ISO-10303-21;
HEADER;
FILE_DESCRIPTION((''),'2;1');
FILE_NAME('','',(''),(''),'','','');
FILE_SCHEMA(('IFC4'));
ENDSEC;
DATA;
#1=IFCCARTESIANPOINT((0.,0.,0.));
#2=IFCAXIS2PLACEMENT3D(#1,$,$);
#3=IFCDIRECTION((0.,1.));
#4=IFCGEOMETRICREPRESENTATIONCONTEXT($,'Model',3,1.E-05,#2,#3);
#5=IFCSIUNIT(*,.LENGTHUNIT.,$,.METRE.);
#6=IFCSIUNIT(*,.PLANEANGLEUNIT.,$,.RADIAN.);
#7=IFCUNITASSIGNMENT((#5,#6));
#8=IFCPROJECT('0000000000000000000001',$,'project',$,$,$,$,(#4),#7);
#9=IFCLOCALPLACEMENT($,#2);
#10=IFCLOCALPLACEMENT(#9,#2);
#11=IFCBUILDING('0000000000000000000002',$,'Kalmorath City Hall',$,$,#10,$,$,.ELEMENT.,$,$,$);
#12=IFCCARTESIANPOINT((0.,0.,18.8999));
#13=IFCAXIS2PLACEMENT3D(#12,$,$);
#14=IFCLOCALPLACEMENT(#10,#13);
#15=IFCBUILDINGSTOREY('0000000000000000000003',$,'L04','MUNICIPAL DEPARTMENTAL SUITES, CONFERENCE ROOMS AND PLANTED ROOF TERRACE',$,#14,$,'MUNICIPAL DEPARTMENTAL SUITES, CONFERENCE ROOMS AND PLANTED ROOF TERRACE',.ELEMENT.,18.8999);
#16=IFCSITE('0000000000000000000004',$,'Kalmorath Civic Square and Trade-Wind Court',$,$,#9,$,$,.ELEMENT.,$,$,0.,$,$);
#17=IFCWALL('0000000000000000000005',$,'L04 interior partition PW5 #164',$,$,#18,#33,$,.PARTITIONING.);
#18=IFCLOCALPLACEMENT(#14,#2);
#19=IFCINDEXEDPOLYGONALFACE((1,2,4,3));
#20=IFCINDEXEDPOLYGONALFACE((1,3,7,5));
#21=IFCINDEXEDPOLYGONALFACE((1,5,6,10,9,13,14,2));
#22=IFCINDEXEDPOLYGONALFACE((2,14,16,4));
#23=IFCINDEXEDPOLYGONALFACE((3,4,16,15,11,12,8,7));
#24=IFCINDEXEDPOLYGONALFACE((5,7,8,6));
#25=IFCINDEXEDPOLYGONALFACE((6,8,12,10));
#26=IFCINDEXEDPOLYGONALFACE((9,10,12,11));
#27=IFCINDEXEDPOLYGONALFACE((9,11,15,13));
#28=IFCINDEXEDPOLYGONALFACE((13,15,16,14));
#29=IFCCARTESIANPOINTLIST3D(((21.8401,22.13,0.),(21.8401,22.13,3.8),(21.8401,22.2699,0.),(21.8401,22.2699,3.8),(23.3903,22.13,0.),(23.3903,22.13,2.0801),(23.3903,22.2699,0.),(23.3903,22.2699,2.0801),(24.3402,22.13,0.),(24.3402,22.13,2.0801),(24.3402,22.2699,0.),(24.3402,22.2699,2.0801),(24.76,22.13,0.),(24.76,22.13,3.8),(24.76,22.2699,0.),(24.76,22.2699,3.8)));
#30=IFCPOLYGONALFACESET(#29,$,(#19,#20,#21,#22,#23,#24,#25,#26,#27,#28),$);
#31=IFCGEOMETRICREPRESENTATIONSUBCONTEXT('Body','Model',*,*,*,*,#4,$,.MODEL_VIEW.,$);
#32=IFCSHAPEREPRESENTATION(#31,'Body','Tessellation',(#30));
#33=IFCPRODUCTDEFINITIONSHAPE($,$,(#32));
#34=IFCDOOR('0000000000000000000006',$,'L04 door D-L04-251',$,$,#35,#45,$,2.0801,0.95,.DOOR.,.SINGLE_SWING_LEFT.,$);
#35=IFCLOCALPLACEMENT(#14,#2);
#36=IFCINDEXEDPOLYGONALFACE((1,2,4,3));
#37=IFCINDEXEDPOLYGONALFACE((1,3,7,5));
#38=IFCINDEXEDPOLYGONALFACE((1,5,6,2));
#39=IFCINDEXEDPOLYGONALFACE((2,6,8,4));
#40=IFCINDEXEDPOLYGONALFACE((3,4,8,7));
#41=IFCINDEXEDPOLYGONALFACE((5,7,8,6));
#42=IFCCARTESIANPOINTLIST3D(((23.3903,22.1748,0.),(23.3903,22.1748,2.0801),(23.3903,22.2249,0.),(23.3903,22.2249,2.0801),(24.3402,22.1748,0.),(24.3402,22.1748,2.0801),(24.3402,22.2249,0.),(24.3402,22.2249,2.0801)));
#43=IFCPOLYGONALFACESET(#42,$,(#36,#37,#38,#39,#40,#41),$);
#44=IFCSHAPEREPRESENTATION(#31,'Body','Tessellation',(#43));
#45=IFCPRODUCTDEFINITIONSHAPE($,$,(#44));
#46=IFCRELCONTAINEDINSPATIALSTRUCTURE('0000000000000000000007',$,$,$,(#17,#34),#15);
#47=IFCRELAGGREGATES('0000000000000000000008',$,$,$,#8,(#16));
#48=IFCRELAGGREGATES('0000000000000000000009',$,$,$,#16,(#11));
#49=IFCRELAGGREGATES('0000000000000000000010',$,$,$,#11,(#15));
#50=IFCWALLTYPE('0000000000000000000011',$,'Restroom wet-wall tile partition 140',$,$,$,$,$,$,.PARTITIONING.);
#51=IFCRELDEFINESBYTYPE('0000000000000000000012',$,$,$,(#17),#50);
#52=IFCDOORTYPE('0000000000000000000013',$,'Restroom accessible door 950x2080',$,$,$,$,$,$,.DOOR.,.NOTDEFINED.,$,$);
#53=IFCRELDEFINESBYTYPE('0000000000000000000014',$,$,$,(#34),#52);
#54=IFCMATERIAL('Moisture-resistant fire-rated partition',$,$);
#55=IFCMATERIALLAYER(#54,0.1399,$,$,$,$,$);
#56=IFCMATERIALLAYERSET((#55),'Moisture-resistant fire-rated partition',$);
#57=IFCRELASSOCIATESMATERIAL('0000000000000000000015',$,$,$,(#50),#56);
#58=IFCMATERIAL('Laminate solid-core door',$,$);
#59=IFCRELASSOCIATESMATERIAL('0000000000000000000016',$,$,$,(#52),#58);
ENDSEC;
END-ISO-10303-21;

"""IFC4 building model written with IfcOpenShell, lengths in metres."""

from ifc_helpers import new_model, si_unit, direction, frame, frame_2d, origin, place, context, subcontext, project, spatial, rectangle, extrude, material, layer, layer_set, type_object, element, fill, save


model = new_model("IFC4")

# Units and contexts
model_context = context("Model", 3, precision=1e-05, world=origin(), true_north=direction((0.0, 1.0)))
body_context = subcontext(model_context, "Body", "Model", "MODEL_VIEW")
ifc_project = project(units=[si_unit("LENGTHUNIT", "METRE"), si_unit("PLANEANGLEUNIT", "RADIAN")], contexts=[model_context])

# Site, building, storey
site_placement = place(None, origin())
site = spatial("IfcSite", under=ifc_project, at=site_placement, Name="Kalmorath Civic Square and Trade-Wind Court", CompositionType="ELEMENT", RefElevation=0.0)
building_placement = place(site_placement, origin())
building = spatial("IfcBuilding", under=site, at=building_placement, Name="Kalmorath City Hall", CompositionType="ELEMENT")
storey_placement = place(building_placement, frame((0.0, 0.0, 18.8999)))
storey = spatial("IfcBuildingStorey", under=building, at=storey_placement, Name="L04", Description="MUNICIPAL DEPARTMENTAL SUITES, CONFERENCE ROOMS AND PLANTED ROOF TERRACE", LongName="MUNICIPAL DEPARTMENTAL SUITES, CONFERENCE ROOMS AND PLANTED ROOF TERRACE", CompositionType="ELEMENT", Elevation=18.8999)

# Wall, opening, door
ifc_material_1 = material(Name="Moisture-resistant fire-rated partition")
ifc_layer_1 = layer(ifc_material_1, 0.1399)
ifc_layer_set_1 = layer_set([ifc_layer_1], Name="Moisture-resistant fire-rated partition")
wall_type_1 = type_object("IfcWallType", Name="Restroom wet-wall tile partition 140", PredefinedType="PARTITIONING", material=ifc_layer_set_1)
wall_1_placement = place(storey_placement, frame((21.8401, 22.2, 0.0), z_axis=(0.0, 0.0, 1.0), x_axis=(1.0, 0.0, 0.0)))
wall_1 = element("IfcWall", 1, at=wall_1_placement, inside=storey, type_object=wall_type_1, Name="L04 interior partition PW5 #164", PredefinedType="PARTITIONING", context=body_context, shape_type="SweptSolid", body=[
    extrude(rectangle(XDim=2.9199, YDim=0.1399, at=frame_2d((1.46, 0.0))), origin(), (0.0, 0.0, 1.0), 3.8),
])
opening_1_placement = place(wall_1_placement, frame((1.55, 0.0, 0.0)))
opening_1 = element("IfcOpeningElement", 2, at=opening_1_placement, cuts=wall_1, PredefinedType="OPENING", context=body_context, shape_type="SweptSolid", body=[
    extrude(rectangle(XDim=0.95, YDim=2.0801, at=frame_2d((0.4751, 1.04))), frame((0.0, 0.0798, 0.0), z_axis=(0.0, -1.0, 0.0), x_axis=(1.0, 0.0, 0.0)), (0.0, 0.0, 1.0), 0.1599),
])
ifc_material_2 = material(Name="Laminate solid-core door")
door_type_1 = type_object("IfcDoorType", Name="Restroom accessible door 950x2080", OperationType="NOTDEFINED", PredefinedType="DOOR", material=ifc_material_2)
door_1_placement = place(opening_1_placement, origin())
door_1 = element("IfcDoor", 3, at=door_1_placement, inside=storey, type_object=door_type_1, Name="L04 door D-L04-251", OperationType="SINGLE_SWING_LEFT", OverallHeight=2.0801, OverallWidth=0.95, PredefinedType="DOOR", context=body_context, shape_type="SweptSolid", body=[
    extrude(rectangle(XDim=0.95, YDim=2.0801, at=frame_2d((0.4751, 1.04))), frame((0.0, 0.0249, 0.0), z_axis=(0.0, -1.0, 0.0), x_axis=(1.0, 0.0, 0.0)), (0.0, 0.0, 1.0), 0.05),
])
fill(opening_1, door_1)

save(model, "model.ifc")
